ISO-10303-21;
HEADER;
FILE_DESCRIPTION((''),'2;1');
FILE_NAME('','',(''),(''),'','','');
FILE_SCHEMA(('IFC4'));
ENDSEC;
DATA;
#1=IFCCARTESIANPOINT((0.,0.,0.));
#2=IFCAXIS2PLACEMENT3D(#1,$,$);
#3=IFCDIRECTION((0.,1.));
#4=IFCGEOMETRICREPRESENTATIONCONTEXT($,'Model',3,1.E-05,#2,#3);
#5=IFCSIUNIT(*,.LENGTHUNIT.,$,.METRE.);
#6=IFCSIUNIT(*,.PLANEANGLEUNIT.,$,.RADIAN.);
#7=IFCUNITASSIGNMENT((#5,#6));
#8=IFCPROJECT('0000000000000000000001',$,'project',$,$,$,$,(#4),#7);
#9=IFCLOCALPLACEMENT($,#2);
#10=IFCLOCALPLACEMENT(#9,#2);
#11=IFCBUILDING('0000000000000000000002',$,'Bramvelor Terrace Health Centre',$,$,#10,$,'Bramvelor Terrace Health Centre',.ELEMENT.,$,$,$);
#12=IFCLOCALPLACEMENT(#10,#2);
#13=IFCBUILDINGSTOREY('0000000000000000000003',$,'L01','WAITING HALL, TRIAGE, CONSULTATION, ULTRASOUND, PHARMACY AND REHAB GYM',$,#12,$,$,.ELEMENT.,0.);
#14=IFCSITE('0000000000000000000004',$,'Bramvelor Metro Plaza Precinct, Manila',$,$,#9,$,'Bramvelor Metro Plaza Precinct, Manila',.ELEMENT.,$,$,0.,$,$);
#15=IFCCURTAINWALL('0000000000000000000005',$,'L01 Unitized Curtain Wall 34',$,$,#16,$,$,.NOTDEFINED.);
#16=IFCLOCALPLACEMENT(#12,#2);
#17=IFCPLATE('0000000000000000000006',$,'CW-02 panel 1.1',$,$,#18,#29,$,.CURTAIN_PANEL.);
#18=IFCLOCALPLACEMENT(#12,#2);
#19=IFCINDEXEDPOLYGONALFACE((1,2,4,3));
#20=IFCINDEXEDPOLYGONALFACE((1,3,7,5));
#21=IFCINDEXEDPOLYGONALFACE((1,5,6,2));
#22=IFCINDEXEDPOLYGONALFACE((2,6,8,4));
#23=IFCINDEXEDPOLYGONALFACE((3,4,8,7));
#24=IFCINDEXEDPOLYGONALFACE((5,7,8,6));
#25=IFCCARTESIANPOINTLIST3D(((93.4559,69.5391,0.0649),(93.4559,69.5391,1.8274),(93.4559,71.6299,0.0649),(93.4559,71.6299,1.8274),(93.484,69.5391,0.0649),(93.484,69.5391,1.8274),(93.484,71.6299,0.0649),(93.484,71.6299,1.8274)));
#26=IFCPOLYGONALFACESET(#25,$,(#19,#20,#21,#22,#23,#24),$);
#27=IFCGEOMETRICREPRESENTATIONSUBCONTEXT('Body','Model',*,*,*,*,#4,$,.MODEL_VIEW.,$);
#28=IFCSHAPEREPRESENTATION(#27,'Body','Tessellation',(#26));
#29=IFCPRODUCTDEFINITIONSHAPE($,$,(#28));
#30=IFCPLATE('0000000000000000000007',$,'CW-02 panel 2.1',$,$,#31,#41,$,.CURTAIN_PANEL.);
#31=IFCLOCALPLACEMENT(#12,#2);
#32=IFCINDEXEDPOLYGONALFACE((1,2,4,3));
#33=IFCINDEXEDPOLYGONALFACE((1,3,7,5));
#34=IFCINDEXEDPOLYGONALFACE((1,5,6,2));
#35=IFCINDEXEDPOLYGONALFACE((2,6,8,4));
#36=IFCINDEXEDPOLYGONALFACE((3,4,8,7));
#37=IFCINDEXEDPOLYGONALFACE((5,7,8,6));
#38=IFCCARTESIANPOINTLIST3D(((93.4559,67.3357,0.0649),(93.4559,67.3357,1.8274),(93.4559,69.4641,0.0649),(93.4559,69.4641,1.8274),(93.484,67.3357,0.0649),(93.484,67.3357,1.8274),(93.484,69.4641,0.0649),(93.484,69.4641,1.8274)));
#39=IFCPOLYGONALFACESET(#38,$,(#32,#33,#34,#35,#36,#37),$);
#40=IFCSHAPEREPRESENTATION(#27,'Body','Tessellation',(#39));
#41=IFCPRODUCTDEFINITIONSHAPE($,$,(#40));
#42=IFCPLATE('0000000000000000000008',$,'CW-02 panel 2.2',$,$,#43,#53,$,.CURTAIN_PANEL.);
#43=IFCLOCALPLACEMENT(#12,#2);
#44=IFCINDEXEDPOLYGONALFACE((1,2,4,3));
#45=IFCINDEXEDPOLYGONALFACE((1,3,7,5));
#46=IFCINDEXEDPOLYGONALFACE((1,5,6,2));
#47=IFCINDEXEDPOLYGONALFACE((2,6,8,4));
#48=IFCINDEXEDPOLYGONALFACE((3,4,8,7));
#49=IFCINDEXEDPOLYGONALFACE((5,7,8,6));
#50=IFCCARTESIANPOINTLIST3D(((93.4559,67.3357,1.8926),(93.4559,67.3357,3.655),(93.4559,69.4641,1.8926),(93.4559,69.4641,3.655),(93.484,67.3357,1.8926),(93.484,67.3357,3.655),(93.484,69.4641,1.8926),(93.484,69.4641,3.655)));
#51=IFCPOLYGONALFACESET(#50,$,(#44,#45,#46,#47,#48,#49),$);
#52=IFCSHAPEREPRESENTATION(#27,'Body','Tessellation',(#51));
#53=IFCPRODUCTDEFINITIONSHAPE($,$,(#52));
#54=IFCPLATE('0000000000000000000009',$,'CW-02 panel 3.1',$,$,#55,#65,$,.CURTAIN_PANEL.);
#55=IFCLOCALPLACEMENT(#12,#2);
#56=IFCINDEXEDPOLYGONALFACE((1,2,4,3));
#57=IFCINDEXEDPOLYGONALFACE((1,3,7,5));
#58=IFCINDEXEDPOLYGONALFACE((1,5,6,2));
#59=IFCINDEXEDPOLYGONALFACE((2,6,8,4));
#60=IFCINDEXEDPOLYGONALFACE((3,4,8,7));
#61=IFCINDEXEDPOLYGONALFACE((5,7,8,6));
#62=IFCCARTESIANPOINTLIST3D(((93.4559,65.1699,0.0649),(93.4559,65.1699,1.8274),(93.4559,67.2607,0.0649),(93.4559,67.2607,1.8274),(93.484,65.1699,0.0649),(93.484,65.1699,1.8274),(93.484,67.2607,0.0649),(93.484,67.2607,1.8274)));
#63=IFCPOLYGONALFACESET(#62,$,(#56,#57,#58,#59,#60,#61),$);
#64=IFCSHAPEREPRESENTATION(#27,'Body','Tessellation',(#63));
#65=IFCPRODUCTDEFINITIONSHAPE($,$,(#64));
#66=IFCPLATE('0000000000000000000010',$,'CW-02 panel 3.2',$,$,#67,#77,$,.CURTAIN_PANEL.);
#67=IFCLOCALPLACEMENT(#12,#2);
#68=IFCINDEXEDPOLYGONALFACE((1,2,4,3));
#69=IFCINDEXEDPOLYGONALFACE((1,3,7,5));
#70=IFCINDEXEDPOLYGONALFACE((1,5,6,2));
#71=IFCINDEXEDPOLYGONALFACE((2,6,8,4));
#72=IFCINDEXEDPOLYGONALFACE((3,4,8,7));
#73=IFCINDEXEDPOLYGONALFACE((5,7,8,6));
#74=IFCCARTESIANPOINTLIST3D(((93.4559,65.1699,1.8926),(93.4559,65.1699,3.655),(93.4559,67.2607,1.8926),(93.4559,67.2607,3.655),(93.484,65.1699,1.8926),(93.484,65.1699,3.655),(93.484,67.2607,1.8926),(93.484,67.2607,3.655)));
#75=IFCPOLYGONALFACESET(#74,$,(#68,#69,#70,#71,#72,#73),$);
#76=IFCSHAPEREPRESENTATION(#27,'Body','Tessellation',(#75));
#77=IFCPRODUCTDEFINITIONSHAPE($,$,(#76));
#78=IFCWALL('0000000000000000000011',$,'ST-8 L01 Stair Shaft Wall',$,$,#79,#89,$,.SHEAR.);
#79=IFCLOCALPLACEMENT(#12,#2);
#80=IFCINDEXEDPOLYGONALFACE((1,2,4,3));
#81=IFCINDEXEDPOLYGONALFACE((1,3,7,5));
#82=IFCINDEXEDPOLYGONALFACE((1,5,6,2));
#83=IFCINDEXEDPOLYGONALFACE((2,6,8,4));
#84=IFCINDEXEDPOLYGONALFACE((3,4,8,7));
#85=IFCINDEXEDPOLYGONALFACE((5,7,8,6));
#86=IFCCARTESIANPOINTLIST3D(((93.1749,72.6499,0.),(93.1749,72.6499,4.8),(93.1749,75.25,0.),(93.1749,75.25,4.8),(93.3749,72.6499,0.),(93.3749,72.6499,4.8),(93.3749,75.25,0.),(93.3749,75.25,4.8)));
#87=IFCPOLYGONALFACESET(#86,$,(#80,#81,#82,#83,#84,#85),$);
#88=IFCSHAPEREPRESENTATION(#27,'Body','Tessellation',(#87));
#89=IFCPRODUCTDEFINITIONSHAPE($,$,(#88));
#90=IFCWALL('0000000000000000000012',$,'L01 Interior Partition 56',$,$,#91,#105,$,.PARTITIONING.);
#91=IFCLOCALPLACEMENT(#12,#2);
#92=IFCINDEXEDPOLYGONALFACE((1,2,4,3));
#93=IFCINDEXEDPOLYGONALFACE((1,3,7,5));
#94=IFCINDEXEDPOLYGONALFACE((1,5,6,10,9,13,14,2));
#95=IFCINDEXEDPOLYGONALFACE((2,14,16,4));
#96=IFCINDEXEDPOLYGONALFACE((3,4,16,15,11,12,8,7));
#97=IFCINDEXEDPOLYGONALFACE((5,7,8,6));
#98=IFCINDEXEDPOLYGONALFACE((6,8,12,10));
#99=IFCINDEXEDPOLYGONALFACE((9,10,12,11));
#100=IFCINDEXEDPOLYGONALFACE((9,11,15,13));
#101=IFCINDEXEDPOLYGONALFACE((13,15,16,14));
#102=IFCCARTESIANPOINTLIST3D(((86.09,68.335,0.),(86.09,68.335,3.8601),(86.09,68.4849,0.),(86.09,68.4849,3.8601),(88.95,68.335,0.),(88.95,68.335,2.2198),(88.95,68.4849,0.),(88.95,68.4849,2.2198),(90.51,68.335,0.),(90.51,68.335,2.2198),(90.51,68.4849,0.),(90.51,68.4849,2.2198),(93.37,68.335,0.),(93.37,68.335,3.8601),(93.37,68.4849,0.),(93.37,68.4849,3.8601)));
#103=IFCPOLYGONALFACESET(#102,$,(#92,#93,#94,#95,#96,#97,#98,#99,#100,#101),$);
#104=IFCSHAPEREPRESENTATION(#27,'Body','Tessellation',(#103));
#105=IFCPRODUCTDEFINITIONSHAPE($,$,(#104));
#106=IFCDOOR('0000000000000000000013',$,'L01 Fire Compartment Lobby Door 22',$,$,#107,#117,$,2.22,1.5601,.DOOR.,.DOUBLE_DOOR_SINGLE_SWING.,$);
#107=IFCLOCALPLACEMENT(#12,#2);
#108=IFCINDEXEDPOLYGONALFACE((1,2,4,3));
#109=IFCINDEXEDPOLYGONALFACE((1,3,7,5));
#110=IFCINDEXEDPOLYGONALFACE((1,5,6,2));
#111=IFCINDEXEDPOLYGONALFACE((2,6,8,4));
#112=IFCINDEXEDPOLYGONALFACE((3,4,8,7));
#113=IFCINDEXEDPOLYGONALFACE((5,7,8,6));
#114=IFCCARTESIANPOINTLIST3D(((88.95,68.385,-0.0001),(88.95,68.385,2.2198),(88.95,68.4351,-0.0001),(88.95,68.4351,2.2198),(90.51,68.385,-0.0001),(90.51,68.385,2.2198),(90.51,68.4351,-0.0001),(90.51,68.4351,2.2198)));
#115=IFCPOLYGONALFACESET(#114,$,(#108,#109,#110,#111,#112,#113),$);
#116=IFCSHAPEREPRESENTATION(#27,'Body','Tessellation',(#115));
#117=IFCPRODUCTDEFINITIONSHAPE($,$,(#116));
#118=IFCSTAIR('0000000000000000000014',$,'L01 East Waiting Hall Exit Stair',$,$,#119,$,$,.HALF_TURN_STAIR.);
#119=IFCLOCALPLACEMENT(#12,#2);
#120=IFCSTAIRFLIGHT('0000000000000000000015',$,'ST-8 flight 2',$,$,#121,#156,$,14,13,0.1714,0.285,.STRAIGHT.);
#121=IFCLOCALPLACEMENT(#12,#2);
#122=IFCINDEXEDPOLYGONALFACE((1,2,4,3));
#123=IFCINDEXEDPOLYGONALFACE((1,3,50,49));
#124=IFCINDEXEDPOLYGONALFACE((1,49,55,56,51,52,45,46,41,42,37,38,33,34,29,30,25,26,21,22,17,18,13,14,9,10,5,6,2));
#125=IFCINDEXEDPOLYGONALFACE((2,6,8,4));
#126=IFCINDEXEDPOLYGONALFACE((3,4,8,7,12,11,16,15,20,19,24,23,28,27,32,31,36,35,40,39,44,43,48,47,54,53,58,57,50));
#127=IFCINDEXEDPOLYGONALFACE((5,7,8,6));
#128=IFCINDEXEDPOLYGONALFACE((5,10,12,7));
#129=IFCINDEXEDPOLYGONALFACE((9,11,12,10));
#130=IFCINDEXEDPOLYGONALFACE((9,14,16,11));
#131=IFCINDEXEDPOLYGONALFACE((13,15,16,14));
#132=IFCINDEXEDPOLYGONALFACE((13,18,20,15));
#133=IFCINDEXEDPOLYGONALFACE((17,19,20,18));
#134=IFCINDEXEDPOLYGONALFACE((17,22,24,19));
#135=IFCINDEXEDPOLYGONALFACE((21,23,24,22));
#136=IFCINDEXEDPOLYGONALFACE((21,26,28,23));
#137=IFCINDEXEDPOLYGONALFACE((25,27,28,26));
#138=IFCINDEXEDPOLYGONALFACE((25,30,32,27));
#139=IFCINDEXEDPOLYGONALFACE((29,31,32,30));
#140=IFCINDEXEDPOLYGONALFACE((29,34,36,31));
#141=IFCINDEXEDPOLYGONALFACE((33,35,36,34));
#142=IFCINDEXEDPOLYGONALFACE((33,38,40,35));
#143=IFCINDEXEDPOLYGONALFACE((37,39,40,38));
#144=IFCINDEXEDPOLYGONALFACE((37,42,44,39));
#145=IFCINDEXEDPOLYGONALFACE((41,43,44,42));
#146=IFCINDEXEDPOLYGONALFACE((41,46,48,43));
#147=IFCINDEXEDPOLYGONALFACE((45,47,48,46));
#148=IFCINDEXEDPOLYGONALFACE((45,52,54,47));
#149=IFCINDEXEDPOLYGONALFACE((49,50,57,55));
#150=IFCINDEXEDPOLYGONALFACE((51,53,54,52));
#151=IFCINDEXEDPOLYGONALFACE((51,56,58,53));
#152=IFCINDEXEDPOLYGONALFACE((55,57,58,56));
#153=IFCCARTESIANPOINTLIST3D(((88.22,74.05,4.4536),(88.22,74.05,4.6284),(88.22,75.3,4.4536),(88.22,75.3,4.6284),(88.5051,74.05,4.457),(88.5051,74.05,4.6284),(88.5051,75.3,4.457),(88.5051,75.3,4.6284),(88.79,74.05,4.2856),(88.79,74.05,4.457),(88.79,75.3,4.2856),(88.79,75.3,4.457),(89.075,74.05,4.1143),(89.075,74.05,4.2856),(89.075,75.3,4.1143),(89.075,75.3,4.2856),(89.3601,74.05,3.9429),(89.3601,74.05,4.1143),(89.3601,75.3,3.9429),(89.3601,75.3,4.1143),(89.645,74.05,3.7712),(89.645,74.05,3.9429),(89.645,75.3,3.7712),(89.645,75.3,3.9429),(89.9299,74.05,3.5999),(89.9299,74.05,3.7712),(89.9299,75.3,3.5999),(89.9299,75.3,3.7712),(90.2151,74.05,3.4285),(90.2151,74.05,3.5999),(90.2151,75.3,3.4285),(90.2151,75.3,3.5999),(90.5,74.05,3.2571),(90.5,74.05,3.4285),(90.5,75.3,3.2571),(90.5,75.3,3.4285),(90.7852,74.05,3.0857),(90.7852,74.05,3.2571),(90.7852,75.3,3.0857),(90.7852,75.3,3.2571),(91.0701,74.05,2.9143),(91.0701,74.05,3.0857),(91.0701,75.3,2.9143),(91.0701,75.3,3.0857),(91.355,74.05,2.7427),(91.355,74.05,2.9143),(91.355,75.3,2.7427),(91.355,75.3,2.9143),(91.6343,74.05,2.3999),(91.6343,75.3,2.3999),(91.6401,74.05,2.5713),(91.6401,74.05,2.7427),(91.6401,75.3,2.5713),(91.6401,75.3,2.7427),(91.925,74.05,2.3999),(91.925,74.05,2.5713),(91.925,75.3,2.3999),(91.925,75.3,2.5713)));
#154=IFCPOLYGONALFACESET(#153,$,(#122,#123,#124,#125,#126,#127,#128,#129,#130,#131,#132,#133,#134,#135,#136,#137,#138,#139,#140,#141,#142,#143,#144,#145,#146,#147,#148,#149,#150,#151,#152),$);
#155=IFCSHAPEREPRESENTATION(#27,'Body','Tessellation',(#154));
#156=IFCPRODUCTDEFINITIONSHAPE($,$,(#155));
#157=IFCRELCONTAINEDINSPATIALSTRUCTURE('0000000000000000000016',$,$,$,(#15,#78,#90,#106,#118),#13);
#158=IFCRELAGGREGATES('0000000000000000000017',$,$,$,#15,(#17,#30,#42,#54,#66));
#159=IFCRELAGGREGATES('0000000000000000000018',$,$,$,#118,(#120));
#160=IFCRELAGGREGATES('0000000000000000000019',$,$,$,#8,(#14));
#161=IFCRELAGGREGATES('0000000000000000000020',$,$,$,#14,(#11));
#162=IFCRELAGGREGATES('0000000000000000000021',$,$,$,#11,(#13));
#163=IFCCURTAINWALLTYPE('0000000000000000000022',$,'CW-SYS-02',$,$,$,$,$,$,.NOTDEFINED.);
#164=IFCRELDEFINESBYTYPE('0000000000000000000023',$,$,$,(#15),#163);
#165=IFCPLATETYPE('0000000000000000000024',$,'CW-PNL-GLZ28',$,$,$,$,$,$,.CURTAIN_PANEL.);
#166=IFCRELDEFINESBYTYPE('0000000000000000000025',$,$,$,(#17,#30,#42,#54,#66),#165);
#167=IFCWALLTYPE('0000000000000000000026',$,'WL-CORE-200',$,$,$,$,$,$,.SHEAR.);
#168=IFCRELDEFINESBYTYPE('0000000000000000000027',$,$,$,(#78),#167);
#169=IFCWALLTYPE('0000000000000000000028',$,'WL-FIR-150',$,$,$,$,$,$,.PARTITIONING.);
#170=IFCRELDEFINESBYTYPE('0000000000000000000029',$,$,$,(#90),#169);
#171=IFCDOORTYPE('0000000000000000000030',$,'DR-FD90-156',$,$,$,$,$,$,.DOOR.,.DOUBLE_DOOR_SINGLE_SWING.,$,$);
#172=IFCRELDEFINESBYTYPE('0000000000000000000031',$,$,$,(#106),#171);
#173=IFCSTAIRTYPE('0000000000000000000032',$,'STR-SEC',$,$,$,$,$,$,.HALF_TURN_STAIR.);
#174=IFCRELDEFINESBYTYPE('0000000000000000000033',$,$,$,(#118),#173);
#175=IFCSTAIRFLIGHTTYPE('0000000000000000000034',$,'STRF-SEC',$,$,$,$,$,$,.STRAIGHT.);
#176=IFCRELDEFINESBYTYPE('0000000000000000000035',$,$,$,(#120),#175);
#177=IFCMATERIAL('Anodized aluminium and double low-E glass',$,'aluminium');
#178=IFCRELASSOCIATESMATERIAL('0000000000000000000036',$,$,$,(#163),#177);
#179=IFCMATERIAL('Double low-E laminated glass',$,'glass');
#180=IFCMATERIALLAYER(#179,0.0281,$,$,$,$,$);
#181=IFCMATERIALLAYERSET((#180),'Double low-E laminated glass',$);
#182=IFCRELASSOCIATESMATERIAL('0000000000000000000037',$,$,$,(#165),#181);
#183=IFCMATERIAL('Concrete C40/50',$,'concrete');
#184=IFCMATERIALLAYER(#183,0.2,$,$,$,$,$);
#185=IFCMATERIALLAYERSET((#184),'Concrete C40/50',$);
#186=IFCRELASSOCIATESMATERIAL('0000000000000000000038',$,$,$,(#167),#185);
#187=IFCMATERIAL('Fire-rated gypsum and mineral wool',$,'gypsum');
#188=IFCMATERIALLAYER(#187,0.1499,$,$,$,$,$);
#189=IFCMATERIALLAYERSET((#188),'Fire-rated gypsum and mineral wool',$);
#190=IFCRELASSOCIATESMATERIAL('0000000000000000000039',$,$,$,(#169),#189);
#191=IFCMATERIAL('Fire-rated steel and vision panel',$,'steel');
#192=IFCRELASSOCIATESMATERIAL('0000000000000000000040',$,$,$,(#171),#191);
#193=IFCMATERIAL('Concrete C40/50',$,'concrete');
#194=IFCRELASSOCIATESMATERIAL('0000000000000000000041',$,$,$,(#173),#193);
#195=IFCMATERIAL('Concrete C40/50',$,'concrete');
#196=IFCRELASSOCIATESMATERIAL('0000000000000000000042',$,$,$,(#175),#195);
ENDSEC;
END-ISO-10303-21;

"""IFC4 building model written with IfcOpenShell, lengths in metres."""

from ifc_helpers import new_model, si_unit, direction, frame, frame_2d, origin, origin_2d, place, context, subcontext, project, spatial, polyline, rectangle, outline, extrude, material, layer, layer_set, type_object, element, fill, aggregate, save


model = new_model("IFC4")

# Units and contexts
model_context = context("Model", 3, precision=1e-05, world=origin(), true_north=direction((0.0, 1.0)))
body_context = subcontext(model_context, "Body", "Model", "MODEL_VIEW")
ifc_project = project(units=[si_unit("LENGTHUNIT", "METRE"), si_unit("PLANEANGLEUNIT", "RADIAN")], contexts=[model_context])

# Site, building, storey
site_placement = place(None, origin())
site = spatial("IfcSite", under=ifc_project, at=site_placement, Name="Bramvelor Metro Plaza Precinct, Manila", LongName="Bramvelor Metro Plaza Precinct, Manila", CompositionType="ELEMENT", RefElevation=0.0)
building_placement = place(site_placement, origin())
building = spatial("IfcBuilding", under=site, at=building_placement, Name="Bramvelor Terrace Health Centre", LongName="Bramvelor Terrace Health Centre", CompositionType="ELEMENT")
storey_placement = place(building_placement, origin())
storey = spatial("IfcBuildingStorey", under=building, at=storey_placement, Name="L01", Description="WAITING HALL, TRIAGE, CONSULTATION, ULTRASOUND, PHARMACY AND REHAB GYM", CompositionType="ELEMENT", Elevation=0.0)

# Shared definitions
ifc_material_1 = material(Name="Anodized aluminium and double low-E glass", Category="aluminium")
curtain_wall_type = type_object("IfcCurtainWallType", Name="CW-SYS-02", PredefinedType="NOTDEFINED", material=ifc_material_1)

# Curtain wall, plates
curtain_wall_1_placement = place(storey_placement, origin())
curtain_wall_1 = element("IfcCurtainWall", 1, at=curtain_wall_1_placement, inside=storey, type_object=curtain_wall_type, Name="L01 Unitized Curtain Wall 34", PredefinedType="NOTDEFINED")
ifc_material_2 = material(Name="Double low-E laminated glass", Category="glass")
ifc_layer_1 = layer(ifc_material_2, 0.0281)
ifc_layer_set_1 = layer_set([ifc_layer_1], Name="Double low-E laminated glass")
plate_type = type_object("IfcPlateType", Name="CW-PNL-GLZ28", PredefinedType="CURTAIN_PANEL", material=ifc_layer_set_1)
plate_1_placement = place(storey_placement, frame((93.47, 70.5845, 0.0649), z_axis=(0.0, 0.0, 1.0), x_axis=(0.0, -1.0, 0.0)))
plate_1 = element("IfcPlate", 2, at=plate_1_placement, type_object=plate_type, Name="CW-02 panel 1.1", PredefinedType="CURTAIN_PANEL", context=body_context, shape_type="SweptSolid", body=[
    extrude(rectangle(XDim=2.0908, YDim=0.0281, at=origin_2d()), origin(), (0.0, 0.0, 1.0), 1.7625),
])
plate_2_placement = place(storey_placement, frame((93.47, 68.3999, 0.0649), z_axis=(0.0, 0.0, 1.0), x_axis=(0.0, -1.0, 0.0)))
plate_2 = element("IfcPlate", 3, at=plate_2_placement, type_object=plate_type, Name="CW-02 panel 2.1", PredefinedType="CURTAIN_PANEL", context=body_context, shape_type="SweptSolid", body=[
    extrude(rectangle(XDim=2.1284, YDim=0.0281, at=origin_2d()), origin(), (0.0, 0.0, 1.0), 1.7625),
])
plate_3_placement = place(storey_placement, frame((93.47, 68.3999, 1.8926), z_axis=(0.0, 0.0, 1.0), x_axis=(0.0, -1.0, 0.0)))
plate_3 = element("IfcPlate", 4, at=plate_3_placement, type_object=plate_type, Name="CW-02 panel 2.2", PredefinedType="CURTAIN_PANEL", context=body_context, shape_type="SweptSolid", body=[
    extrude(rectangle(XDim=2.1284, YDim=0.0281, at=origin_2d()), origin(), (0.0, 0.0, 1.0), 1.7625),
])
plate_4_placement = place(storey_placement, frame((93.47, 66.2153, 0.0649), z_axis=(0.0, 0.0, 1.0), x_axis=(0.0, -1.0, 0.0)))
plate_4 = element("IfcPlate", 5, at=plate_4_placement, type_object=plate_type, Name="CW-02 panel 3.1", PredefinedType="CURTAIN_PANEL", context=body_context, shape_type="SweptSolid", body=[
    extrude(rectangle(XDim=2.0908, YDim=0.0281, at=origin_2d()), origin(), (0.0, 0.0, 1.0), 1.7625),
])
plate_5_placement = place(storey_placement, frame((93.47, 66.2153, 1.8926), z_axis=(0.0, 0.0, 1.0), x_axis=(0.0, -1.0, 0.0)))
plate_5 = element("IfcPlate", 6, at=plate_5_placement, type_object=plate_type, Name="CW-02 panel 3.2", PredefinedType="CURTAIN_PANEL", context=body_context, shape_type="SweptSolid", body=[
    extrude(rectangle(XDim=2.0908, YDim=0.0281, at=origin_2d()), origin(), (0.0, 0.0, 1.0), 1.7625),
])
aggregate(curtain_wall_1, [plate_1, plate_2, plate_3, plate_4, plate_5])

# Wall
ifc_material_3 = material(Name="Concrete C40/50", Category="concrete")
ifc_layer_2 = layer(ifc_material_3, 0.2)
ifc_layer_set_2 = layer_set([ifc_layer_2], Name="Concrete C40/50")
wall_type_1 = type_object("IfcWallType", Name="WL-CORE-200", PredefinedType="SHEAR", material=ifc_layer_set_2)
wall_1_placement = place(storey_placement, frame((93.2749, 72.6499, 0.0), z_axis=(0.0, 0.0, 1.0), x_axis=(0.0, 1.0, 0.0)))
element("IfcWall", 7, at=wall_1_placement, inside=storey, type_object=wall_type_1, Name="ST-8 L01 Stair Shaft Wall", PredefinedType="SHEAR", context=body_context, shape_type="SweptSolid", body=[
    extrude(rectangle(XDim=2.6001, YDim=0.2, at=frame_2d((1.3, 0.0))), origin(), (0.0, 0.0, 1.0), 4.8),
])

# Wall, opening, door
ifc_material_4 = material(Name="Fire-rated gypsum and mineral wool", Category="gypsum")
ifc_layer_3 = layer(ifc_material_4, 0.1499)
ifc_layer_set_3 = layer_set([ifc_layer_3], Name="Fire-rated gypsum and mineral wool")
wall_type_2 = type_object("IfcWallType", Name="WL-FIR-150", PredefinedType="PARTITIONING", material=ifc_layer_set_3)
wall_2_placement = place(storey_placement, frame((93.3701, 68.4099, 0.0), z_axis=(0.0, 0.0, 1.0), x_axis=(-1.0, 0.0, 0.0)))
wall_2 = element("IfcWall", 8, at=wall_2_placement, inside=storey, type_object=wall_type_2, Name="L01 Interior Partition 56", PredefinedType="PARTITIONING", context=body_context, shape_type="SweptSolid", body=[
    extrude(rectangle(XDim=7.28, YDim=0.1499, at=frame_2d((3.6401, 0.0))), origin(), (0.0, 0.0, 1.0), 3.8601),
])
opening_placement = place(wall_2_placement, frame((2.8601, 0.0, 0.0)))
opening = element("IfcOpeningElement", 9, at=opening_placement, cuts=wall_2, PredefinedType="OPENING", context=body_context, shape_type="SweptSolid", body=[
    extrude(rectangle(XDim=1.5601, YDim=2.22, at=frame_2d((0.78, 1.1099))), frame((0.0, 0.085, 0.0), z_axis=(0.0, -1.0, 0.0), x_axis=(1.0, 0.0, 0.0)), (0.0, 0.0, 1.0), 0.1699),
])
ifc_material_5 = material(Name="Fire-rated steel and vision panel", Category="steel")
door_type = type_object("IfcDoorType", Name="DR-FD90-156", OperationType="DOUBLE_DOOR_SINGLE_SWING", PredefinedType="DOOR", material=ifc_material_5)
door_placement = place(opening_placement, origin())
door = element("IfcDoor", 10, at=door_placement, inside=storey, type_object=door_type, Name="L01 Fire Compartment Lobby Door 22", OperationType="DOUBLE_DOOR_SINGLE_SWING", OverallHeight=2.22, OverallWidth=1.5601, PredefinedType="DOOR", context=body_context, shape_type="SweptSolid", body=[
    extrude(rectangle(XDim=1.5601, YDim=2.22, at=frame_2d((0.78, 1.1099))), frame((0.0, 0.0249, 0.0), z_axis=(0.0, -1.0, 0.0), x_axis=(1.0, 0.0, 0.0)), (0.0, 0.0, 1.0), 0.05),
])
fill(opening, door)

# Stair, stair flight
ifc_material_6 = material(Name="Concrete C40/50", Category="concrete")
stair_type = type_object("IfcStairType", Name="STR-SEC", PredefinedType="HALF_TURN_STAIR", material=ifc_material_6)
stair_placement = place(storey_placement, origin())
stair = element("IfcStair", 11, at=stair_placement, inside=storey, type_object=stair_type, Name="L01 East Waiting Hall Exit Stair", PredefinedType="HALF_TURN_STAIR")
ifc_material_7 = material(Name="Concrete C40/50", Category="concrete")
stair_flight_type = type_object("IfcStairFlightType", Name="STRF-SEC", PredefinedType="STRAIGHT", material=ifc_material_7)
stair_flight_placement = place(storey_placement, frame((91.925, 74.675, 2.3999), z_axis=(0.0, 0.0, 1.0), x_axis=(-1.0, 0.0, 0.0)))
stair_flight = element("IfcStairFlight", 12, at=stair_flight_placement, type_object=stair_flight_type, Name="ST-8 flight 2", NumberOfRisers=14, NumberOfTreads=13, PredefinedType="STRAIGHT", RiserHeight=0.1714, TreadLength=0.285, context=body_context, shape_type="SweptSolid", body=[
    extrude(outline(polyline([(0.0, 0.0), (0.0, 0.1714), (0.2849, 0.1714), (0.2849, 0.3428), (0.5701, 0.3428), (0.5701, 0.5144), (0.855, 0.5144), (0.855, 0.6858), (1.1399, 0.6858), (1.1399, 0.8572), (1.425, 0.8572), (1.425, 1.0286), (1.71, 1.0286), (1.71, 1.2), (1.9951, 1.2), (1.9951, 1.3713), (2.28, 1.3713), (2.28, 1.543), (2.5649, 1.543), (2.5649, 1.7144), (2.8501, 1.7144), (2.8501, 1.8857), (3.135, 1.8857), (3.135, 2.0571), (3.4199, 2.0571), (3.4199, 2.2285), (3.7051, 2.2285), (3.7051, 2.3999), (3.7051, 2.0537), (0.2908, 0.0), (0.0, 0.0)])), frame((0.0, 0.625, 0.0), z_axis=(0.0, -1.0, 0.0), x_axis=(1.0, 0.0, 0.0)), (0.0, 0.0, 1.0), 1.25),
])
aggregate(stair, [stair_flight])

save(model, "model.ifc")
